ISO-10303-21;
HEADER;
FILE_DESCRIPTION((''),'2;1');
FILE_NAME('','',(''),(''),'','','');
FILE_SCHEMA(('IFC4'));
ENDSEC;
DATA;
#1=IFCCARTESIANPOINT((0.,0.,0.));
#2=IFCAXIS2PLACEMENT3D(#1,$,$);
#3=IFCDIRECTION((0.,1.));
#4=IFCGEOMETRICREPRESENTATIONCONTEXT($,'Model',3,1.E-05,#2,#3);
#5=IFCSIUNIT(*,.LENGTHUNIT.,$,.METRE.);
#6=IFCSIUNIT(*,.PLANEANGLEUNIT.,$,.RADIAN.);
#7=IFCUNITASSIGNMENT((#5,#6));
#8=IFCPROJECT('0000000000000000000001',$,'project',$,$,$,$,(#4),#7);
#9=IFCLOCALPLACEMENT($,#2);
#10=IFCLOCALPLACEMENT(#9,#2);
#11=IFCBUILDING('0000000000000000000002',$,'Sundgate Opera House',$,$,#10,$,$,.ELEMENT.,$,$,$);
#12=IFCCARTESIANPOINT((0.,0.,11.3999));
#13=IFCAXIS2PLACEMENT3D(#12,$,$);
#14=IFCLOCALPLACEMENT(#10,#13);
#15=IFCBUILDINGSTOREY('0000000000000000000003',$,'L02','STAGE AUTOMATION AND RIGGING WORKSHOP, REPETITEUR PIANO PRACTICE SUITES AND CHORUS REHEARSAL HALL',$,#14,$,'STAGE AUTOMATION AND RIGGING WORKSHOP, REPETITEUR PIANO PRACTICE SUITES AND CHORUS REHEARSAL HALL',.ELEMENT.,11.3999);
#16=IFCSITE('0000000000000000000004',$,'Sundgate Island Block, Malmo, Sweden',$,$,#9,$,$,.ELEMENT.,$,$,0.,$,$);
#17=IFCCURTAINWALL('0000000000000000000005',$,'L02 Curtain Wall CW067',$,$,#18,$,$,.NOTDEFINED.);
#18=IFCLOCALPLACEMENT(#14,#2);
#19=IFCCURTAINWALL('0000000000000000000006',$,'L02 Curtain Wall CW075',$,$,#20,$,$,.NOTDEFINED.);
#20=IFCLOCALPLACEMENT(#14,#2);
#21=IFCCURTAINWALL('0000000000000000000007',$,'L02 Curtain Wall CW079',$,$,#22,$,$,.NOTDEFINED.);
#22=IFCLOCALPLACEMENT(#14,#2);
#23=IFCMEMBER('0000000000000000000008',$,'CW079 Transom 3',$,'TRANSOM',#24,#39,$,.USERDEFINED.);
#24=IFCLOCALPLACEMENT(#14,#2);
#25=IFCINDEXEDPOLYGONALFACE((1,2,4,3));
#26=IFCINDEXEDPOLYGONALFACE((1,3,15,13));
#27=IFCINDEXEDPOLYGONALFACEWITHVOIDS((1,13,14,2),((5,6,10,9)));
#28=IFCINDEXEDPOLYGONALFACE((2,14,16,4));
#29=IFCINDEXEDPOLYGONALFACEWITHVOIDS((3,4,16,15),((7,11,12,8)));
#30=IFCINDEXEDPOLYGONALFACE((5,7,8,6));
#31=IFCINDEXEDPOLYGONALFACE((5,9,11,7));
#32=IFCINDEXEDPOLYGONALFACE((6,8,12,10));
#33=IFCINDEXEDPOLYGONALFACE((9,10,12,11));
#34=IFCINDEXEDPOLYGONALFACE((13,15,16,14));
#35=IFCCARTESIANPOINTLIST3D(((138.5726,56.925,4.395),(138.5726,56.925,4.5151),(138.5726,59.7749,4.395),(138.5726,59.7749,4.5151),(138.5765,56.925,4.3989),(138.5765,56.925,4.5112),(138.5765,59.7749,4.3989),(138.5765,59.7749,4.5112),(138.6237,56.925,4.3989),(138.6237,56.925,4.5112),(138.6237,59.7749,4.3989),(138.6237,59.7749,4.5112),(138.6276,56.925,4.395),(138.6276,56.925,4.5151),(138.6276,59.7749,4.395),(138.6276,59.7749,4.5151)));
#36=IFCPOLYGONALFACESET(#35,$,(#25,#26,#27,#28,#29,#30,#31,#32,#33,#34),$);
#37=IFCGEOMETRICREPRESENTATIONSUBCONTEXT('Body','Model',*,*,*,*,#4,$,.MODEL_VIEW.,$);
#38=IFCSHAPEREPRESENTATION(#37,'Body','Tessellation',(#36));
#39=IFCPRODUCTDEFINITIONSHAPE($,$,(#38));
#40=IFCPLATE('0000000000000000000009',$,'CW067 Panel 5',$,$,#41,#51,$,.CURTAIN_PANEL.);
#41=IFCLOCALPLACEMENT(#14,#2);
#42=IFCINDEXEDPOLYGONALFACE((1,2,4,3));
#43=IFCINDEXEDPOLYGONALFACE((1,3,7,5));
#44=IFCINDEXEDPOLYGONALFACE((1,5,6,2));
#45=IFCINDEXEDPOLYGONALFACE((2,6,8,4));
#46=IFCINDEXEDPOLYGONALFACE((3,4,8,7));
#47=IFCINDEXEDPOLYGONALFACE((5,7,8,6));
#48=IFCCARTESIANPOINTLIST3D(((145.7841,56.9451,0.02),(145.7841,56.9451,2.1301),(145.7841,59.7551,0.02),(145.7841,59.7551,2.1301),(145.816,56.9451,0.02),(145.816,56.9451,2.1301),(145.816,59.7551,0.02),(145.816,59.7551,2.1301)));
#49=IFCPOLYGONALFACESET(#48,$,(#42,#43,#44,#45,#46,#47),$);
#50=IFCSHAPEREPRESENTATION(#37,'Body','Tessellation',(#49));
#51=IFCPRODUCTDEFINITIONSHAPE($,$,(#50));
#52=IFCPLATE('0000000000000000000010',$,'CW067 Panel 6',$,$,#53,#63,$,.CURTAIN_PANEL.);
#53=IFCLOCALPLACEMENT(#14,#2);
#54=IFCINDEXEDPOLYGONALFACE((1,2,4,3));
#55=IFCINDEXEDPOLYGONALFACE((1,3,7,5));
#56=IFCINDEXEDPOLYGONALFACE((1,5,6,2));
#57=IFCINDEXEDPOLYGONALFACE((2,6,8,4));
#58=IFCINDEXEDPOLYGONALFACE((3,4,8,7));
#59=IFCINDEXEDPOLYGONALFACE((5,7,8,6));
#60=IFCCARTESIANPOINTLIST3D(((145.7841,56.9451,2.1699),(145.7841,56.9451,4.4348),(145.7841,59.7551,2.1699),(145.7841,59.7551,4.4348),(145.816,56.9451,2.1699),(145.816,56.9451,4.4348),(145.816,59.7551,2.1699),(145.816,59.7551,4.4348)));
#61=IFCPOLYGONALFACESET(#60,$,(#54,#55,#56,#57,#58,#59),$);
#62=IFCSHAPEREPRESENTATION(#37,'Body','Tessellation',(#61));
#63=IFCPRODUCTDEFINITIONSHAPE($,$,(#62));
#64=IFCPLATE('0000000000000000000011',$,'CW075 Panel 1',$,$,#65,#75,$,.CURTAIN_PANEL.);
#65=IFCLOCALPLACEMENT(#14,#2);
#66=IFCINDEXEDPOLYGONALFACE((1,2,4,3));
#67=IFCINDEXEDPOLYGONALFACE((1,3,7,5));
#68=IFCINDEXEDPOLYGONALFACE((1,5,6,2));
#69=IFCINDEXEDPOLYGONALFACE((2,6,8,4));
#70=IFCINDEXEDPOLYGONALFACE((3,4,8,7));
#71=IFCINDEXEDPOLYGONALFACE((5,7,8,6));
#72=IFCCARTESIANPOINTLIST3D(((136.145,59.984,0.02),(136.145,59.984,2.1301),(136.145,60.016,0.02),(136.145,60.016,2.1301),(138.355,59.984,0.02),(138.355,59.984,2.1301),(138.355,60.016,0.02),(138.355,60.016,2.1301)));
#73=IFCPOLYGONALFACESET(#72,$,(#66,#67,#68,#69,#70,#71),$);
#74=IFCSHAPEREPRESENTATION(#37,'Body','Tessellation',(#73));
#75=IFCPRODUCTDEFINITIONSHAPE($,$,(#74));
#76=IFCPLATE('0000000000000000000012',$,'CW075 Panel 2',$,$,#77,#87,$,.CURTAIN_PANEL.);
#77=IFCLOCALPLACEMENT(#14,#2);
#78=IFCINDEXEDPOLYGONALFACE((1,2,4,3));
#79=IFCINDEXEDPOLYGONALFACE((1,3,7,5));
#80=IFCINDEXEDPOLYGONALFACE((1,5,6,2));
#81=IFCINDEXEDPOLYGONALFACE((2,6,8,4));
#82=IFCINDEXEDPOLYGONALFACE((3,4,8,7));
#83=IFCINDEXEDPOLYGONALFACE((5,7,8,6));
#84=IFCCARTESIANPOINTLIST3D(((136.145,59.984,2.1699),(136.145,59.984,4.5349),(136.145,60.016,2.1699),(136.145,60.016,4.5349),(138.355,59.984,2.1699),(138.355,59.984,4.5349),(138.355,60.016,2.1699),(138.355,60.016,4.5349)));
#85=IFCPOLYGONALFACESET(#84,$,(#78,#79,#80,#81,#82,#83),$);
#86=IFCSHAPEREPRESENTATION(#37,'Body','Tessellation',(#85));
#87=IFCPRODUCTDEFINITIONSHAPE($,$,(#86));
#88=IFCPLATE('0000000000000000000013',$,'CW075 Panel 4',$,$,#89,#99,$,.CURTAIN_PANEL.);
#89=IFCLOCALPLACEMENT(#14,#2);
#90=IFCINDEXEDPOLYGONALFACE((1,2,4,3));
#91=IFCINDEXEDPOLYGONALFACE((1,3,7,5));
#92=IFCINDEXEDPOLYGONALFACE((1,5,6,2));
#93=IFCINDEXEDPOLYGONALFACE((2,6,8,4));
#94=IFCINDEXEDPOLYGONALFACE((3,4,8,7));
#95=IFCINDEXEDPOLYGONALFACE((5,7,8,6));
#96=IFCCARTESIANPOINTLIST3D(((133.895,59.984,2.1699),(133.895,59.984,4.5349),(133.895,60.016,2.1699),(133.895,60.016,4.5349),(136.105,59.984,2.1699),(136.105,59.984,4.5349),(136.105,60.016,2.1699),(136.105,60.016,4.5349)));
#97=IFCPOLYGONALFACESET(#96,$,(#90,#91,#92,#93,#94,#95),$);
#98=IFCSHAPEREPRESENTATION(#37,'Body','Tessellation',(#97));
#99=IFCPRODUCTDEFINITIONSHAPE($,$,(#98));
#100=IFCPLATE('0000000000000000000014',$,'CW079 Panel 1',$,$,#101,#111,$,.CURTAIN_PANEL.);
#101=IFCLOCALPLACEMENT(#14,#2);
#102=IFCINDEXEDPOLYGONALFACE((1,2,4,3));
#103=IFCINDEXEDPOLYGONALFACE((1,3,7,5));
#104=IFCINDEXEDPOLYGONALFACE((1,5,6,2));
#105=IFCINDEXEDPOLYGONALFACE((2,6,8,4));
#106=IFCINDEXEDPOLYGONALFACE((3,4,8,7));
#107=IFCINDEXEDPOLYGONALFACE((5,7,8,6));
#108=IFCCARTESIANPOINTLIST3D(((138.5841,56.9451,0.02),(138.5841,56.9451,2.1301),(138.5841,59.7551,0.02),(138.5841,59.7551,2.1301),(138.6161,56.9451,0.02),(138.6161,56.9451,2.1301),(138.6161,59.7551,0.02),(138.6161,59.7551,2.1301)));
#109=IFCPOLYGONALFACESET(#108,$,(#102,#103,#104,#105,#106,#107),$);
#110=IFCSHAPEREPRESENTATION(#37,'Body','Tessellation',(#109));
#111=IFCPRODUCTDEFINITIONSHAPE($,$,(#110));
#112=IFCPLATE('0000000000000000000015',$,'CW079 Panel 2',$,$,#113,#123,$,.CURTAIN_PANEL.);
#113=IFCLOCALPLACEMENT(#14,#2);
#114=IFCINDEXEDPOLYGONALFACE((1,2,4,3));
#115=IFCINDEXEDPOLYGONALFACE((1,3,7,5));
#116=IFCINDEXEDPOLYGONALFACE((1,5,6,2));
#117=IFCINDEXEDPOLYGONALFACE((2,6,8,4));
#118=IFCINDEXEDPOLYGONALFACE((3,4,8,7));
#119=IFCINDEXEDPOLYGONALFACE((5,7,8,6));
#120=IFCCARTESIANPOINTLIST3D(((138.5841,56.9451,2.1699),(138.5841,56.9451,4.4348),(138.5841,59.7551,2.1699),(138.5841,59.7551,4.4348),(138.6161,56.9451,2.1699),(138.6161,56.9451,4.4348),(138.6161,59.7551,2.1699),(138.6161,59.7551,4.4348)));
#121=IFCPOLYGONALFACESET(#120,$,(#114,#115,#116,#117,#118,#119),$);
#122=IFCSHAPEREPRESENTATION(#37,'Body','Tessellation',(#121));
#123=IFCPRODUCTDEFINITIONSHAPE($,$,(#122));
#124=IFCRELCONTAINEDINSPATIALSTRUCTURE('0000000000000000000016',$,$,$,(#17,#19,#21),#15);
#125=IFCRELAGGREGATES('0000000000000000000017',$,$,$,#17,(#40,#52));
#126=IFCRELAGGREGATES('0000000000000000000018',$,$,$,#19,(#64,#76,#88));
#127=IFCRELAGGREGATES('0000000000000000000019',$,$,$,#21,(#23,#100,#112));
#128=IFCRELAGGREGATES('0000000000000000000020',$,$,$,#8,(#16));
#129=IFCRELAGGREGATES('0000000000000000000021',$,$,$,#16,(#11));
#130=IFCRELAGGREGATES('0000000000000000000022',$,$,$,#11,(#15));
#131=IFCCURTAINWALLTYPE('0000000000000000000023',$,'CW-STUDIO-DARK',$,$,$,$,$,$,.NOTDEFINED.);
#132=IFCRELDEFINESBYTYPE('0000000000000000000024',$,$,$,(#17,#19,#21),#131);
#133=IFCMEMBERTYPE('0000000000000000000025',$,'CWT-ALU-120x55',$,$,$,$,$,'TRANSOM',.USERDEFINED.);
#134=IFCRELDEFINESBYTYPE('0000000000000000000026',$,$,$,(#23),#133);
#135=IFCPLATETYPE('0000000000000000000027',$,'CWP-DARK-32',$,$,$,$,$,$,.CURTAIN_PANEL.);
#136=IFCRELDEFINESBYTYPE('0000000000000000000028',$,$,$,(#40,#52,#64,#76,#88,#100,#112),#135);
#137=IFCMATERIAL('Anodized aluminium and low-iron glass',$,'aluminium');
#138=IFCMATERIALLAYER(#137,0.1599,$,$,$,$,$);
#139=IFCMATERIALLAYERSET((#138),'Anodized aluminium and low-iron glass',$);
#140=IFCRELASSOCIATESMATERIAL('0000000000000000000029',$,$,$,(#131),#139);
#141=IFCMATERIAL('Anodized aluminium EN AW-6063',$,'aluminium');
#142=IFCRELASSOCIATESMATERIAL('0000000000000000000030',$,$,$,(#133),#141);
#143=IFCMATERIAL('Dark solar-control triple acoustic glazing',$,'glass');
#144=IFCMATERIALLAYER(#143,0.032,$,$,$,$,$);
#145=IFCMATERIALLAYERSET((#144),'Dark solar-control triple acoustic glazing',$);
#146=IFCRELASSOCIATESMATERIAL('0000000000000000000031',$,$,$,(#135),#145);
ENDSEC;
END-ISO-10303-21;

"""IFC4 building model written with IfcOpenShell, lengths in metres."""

from ifc_helpers import new_model, si_unit, direction, frame, origin, origin_2d, place, context, subcontext, project, spatial, rectangle, hollow_rectangle, extrude, material, layer, layer_set, material_profile, profile_set, type_object, element, aggregate, save


model = new_model("IFC4")

# Units and contexts
model_context = context("Model", 3, precision=1e-05, world=origin(), true_north=direction((0.0, 1.0)))
body_context = subcontext(model_context, "Body", "Model", "MODEL_VIEW")
ifc_project = project(units=[si_unit("LENGTHUNIT", "METRE"), si_unit("PLANEANGLEUNIT", "RADIAN")], contexts=[model_context])

# Site, building, storey
site_placement = place(None, origin())
site = spatial("IfcSite", under=ifc_project, at=site_placement, Name="Sundgate Island Block, Malmo, Sweden", CompositionType="ELEMENT", RefElevation=0.0)
building_placement = place(site_placement, origin())
building = spatial("IfcBuilding", under=site, at=building_placement, Name="Sundgate Opera House", CompositionType="ELEMENT")
storey_placement = place(building_placement, frame((0.0, 0.0, 11.3999)))
storey = spatial("IfcBuildingStorey", under=building, at=storey_placement, Name="L02", Description="STAGE AUTOMATION AND RIGGING WORKSHOP, REPETITEUR PIANO PRACTICE SUITES AND CHORUS REHEARSAL HALL", LongName="STAGE AUTOMATION AND RIGGING WORKSHOP, REPETITEUR PIANO PRACTICE SUITES AND CHORUS REHEARSAL HALL", CompositionType="ELEMENT", Elevation=11.3999)

# Curtain wall
ifc_material_1 = material(Name="Anodized aluminium and low-iron glass", Category="aluminium")
ifc_layer_1 = layer(ifc_material_1, 0.1599)
ifc_layer_set_1 = layer_set([ifc_layer_1], Name="Anodized aluminium and low-iron glass")
curtain_wall_type = type_object("IfcCurtainWallType", Name="CW-STUDIO-DARK", PredefinedType="NOTDEFINED", material=ifc_layer_set_1)
curtain_wall_1_placement = place(storey_placement, origin())
curtain_wall_1 = element("IfcCurtainWall", 1, at=curtain_wall_1_placement, inside=storey, type_object=curtain_wall_type, Name="L02 Curtain Wall CW067", PredefinedType="NOTDEFINED")

# Curtain wall
curtain_wall_2_placement = place(storey_placement, origin())
curtain_wall_2 = element("IfcCurtainWall", 2, at=curtain_wall_2_placement, inside=storey, type_object=curtain_wall_type, Name="L02 Curtain Wall CW075", PredefinedType="NOTDEFINED")

# Curtain wall
curtain_wall_3_placement = place(storey_placement, origin())
curtain_wall_3 = element("IfcCurtainWall", 3, at=curtain_wall_3_placement, inside=storey, type_object=curtain_wall_type, Name="L02 Curtain Wall CW079", PredefinedType="NOTDEFINED")

# Member
ifc_material_2 = material(Name="Anodized aluminium EN AW-6063", Category="aluminium")
ifc_material_profile_1 = material_profile(ifc_material_2, hollow_rectangle(XDim=0.0549, YDim=0.1201, WallThickness=0.0039, at=origin_2d()), Name="CWT 120x55x4")
ifc_profile_set_1 = profile_set([ifc_material_profile_1], Name="Anodized aluminium EN AW-6063")
member_type_1 = type_object("IfcMemberType", Name="CWT-ALU-120x55", ElementType="TRANSOM", PredefinedType="USERDEFINED", material=ifc_profile_set_1)
member_1_placement = place(storey_placement, frame((138.6001, 59.7749, 4.4551), z_axis=(0.0, -1.0, 0.0), x_axis=(1.0, 0.0, 0.0)))
member_1 = element("IfcMember", 4, at=member_1_placement, type_object=member_type_1, Name="CW079 Transom 3", ObjectType="TRANSOM", PredefinedType="USERDEFINED", context=body_context, shape_type="SweptSolid", body=[
    extrude(hollow_rectangle(XDim=0.0549, YDim=0.1201, WallThickness=0.0039, at=origin_2d()), origin(), (0.0, 0.0, 1.0), 2.8499),
])

# Plates
ifc_material_3 = material(Name="Dark solar-control triple acoustic glazing", Category="glass")
ifc_layer_2 = layer(ifc_material_3, 0.032)
ifc_layer_set_2 = layer_set([ifc_layer_2], Name="Dark solar-control triple acoustic glazing")
plate_type = type_object("IfcPlateType", Name="CWP-DARK-32", PredefinedType="CURTAIN_PANEL", material=ifc_layer_set_2)
plate_1_placement = place(storey_placement, frame((145.8, 58.3501, 0.02), z_axis=(0.0, 0.0, 1.0), x_axis=(0.0, 1.0, 0.0)))
plate_1 = element("IfcPlate", 5, at=plate_1_placement, type_object=plate_type, Name="CW067 Panel 5", PredefinedType="CURTAIN_PANEL", context=body_context, shape_type="SweptSolid", body=[
    extrude(rectangle(XDim=2.8101, YDim=0.032, at=origin_2d()), origin(), (0.0, 0.0, 1.0), 2.1101),
])
plate_2_placement = place(storey_placement, frame((145.8, 58.3501, 2.1699), z_axis=(0.0, 0.0, 1.0), x_axis=(0.0, 1.0, 0.0)))
plate_2 = element("IfcPlate", 6, at=plate_2_placement, type_object=plate_type, Name="CW067 Panel 6", PredefinedType="CURTAIN_PANEL", context=body_context, shape_type="SweptSolid", body=[
    extrude(rectangle(XDim=2.8101, YDim=0.032, at=origin_2d()), origin(), (0.0, 0.0, 1.0), 2.2649),
])
aggregate(curtain_wall_1, [plate_1, plate_2])
plate_3_placement = place(storey_placement, frame((137.25, 60.0, 0.02), z_axis=(0.0, 0.0, 1.0), x_axis=(-1.0, 0.0, 0.0)))
plate_3 = element("IfcPlate", 7, at=plate_3_placement, type_object=plate_type, Name="CW075 Panel 1", PredefinedType="CURTAIN_PANEL", context=body_context, shape_type="SweptSolid", body=[
    extrude(rectangle(XDim=2.21, YDim=0.032, at=origin_2d()), origin(), (0.0, 0.0, 1.0), 2.1101),
])
plate_4_placement = place(storey_placement, frame((137.25, 60.0, 2.1699), z_axis=(0.0, 0.0, 1.0), x_axis=(-1.0, 0.0, 0.0)))
plate_4 = element("IfcPlate", 8, at=plate_4_placement, type_object=plate_type, Name="CW075 Panel 2", PredefinedType="CURTAIN_PANEL", context=body_context, shape_type="SweptSolid", body=[
    extrude(rectangle(XDim=2.21, YDim=0.032, at=origin_2d()), origin(), (0.0, 0.0, 1.0), 2.365),
])
plate_5_placement = place(storey_placement, frame((135.0, 60.0, 2.1699), z_axis=(0.0, 0.0, 1.0), x_axis=(-1.0, 0.0, 0.0)))
plate_5 = element("IfcPlate", 9, at=plate_5_placement, type_object=plate_type, Name="CW075 Panel 4", PredefinedType="CURTAIN_PANEL", context=body_context, shape_type="SweptSolid", body=[
    extrude(rectangle(XDim=2.21, YDim=0.032, at=origin_2d()), origin(), (0.0, 0.0, 1.0), 2.365),
])
aggregate(curtain_wall_2, [plate_3, plate_4, plate_5])
plate_6_placement = place(storey_placement, frame((138.6001, 58.3501, 0.02), z_axis=(0.0, 0.0, 1.0), x_axis=(0.0, -1.0, 0.0)))
plate_6 = element("IfcPlate", 10, at=plate_6_placement, type_object=plate_type, Name="CW079 Panel 1", PredefinedType="CURTAIN_PANEL", context=body_context, shape_type="SweptSolid", body=[
    extrude(rectangle(XDim=2.8101, YDim=0.032, at=origin_2d()), origin(), (0.0, 0.0, 1.0), 2.1101),
])
plate_7_placement = place(storey_placement, frame((138.6001, 58.3501, 2.1699), z_axis=(0.0, 0.0, 1.0), x_axis=(0.0, -1.0, 0.0)))
plate_7 = element("IfcPlate", 11, at=plate_7_placement, type_object=plate_type, Name="CW079 Panel 2", PredefinedType="CURTAIN_PANEL", context=body_context, shape_type="SweptSolid", body=[
    extrude(rectangle(XDim=2.8101, YDim=0.032, at=origin_2d()), origin(), (0.0, 0.0, 1.0), 2.2649),
])
aggregate(curtain_wall_3, [member_1, plate_6, plate_7])

save(model, "model.ifc")
